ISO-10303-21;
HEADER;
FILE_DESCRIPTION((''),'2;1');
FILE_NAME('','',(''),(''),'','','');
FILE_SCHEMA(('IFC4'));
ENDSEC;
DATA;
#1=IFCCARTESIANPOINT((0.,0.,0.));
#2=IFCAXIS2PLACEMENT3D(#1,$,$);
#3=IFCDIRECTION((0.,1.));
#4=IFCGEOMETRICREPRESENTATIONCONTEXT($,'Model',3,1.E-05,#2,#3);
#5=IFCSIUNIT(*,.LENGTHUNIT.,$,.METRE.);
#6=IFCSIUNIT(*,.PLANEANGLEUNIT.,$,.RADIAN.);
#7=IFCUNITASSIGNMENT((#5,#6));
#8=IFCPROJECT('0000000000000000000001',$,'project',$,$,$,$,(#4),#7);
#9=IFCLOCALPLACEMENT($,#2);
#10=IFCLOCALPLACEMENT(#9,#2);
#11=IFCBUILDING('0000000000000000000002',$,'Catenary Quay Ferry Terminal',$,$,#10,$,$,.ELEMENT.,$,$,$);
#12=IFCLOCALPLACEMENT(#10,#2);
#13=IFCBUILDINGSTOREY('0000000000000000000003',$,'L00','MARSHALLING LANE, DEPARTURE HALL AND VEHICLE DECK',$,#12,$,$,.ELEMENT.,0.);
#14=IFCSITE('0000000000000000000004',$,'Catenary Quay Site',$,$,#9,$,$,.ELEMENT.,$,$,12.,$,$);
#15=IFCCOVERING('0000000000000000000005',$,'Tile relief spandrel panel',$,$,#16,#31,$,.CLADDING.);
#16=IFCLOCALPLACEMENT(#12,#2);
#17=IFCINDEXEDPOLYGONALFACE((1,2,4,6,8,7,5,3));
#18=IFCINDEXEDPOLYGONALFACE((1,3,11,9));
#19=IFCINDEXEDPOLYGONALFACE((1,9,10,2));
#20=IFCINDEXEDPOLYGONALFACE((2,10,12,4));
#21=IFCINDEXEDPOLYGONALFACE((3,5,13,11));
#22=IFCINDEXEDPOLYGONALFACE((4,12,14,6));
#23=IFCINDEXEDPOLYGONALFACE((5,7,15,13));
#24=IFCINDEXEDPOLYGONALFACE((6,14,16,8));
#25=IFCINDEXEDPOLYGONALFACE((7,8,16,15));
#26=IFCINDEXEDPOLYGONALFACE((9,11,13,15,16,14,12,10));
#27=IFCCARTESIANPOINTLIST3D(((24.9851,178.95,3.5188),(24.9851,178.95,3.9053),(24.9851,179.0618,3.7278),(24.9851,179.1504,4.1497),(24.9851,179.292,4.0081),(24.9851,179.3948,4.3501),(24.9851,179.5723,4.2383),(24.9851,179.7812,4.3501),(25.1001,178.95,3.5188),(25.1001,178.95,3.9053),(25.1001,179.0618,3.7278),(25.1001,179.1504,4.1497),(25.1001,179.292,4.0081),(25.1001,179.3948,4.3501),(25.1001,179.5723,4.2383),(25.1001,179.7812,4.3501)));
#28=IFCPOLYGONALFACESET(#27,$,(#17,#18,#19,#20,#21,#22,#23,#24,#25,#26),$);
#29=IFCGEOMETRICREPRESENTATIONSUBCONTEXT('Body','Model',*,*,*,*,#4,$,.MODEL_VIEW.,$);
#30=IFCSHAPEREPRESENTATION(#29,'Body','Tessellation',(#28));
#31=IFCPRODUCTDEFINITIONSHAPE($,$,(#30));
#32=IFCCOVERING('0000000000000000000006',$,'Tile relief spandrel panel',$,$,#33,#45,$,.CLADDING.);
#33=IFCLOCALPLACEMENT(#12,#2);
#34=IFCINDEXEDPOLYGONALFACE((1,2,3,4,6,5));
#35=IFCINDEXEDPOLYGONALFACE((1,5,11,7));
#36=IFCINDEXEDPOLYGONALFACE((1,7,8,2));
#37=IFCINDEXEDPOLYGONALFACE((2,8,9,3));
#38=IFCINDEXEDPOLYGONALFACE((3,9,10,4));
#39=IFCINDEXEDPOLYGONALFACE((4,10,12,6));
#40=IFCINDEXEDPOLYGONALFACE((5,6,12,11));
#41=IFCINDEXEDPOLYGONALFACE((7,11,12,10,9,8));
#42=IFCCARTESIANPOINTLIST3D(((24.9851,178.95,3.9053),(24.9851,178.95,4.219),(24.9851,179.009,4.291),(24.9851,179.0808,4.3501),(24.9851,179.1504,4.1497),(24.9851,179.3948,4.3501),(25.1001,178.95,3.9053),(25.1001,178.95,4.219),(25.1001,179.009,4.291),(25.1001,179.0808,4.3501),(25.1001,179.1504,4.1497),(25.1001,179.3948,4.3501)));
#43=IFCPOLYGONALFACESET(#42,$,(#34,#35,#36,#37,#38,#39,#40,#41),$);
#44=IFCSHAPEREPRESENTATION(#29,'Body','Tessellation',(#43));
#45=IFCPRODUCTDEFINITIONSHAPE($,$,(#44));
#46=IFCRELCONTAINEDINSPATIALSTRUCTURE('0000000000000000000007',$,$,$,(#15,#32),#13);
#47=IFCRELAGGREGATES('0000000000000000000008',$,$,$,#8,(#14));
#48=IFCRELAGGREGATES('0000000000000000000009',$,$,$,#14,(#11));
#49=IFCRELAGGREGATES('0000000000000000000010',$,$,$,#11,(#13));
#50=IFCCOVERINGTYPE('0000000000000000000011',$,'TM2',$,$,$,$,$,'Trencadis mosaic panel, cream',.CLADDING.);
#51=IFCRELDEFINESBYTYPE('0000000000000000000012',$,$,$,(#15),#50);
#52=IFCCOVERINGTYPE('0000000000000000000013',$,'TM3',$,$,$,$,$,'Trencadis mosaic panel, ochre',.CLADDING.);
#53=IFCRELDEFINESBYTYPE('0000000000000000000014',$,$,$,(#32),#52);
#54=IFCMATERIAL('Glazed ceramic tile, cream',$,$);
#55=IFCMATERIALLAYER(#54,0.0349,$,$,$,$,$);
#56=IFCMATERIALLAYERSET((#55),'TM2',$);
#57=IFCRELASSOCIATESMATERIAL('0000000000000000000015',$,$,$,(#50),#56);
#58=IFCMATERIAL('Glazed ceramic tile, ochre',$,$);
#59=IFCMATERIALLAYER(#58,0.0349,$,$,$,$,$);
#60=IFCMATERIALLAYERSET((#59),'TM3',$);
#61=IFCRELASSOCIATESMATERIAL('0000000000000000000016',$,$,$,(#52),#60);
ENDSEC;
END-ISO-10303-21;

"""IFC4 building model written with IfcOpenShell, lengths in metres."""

from ifc_helpers import new_model, si_unit, direction, frame, origin, place, context, subcontext, project, spatial, polyline, outline, extrude, material, layer, layer_set, type_object, element, save


model = new_model("IFC4")

# Units and contexts
model_context = context("Model", 3, precision=1e-05, world=origin(), true_north=direction((0.0, 1.0)))
body_context = subcontext(model_context, "Body", "Model", "MODEL_VIEW")
ifc_project = project(units=[si_unit("LENGTHUNIT", "METRE"), si_unit("PLANEANGLEUNIT", "RADIAN")], contexts=[model_context])

# Site, building, storey
site_placement = place(None, origin())
site = spatial("IfcSite", under=ifc_project, at=site_placement, Name="Catenary Quay Site", CompositionType="ELEMENT", RefElevation=12.0)
building_placement = place(site_placement, origin())
building = spatial("IfcBuilding", under=site, at=building_placement, Name="Catenary Quay Ferry Terminal", CompositionType="ELEMENT")
storey_placement = place(building_placement, origin())
storey = spatial("IfcBuildingStorey", under=building, at=storey_placement, Name="L00", Description="MARSHALLING LANE, DEPARTURE HALL AND VEHICLE DECK", CompositionType="ELEMENT", Elevation=0.0)

# Coverings
ifc_material_1 = material(Name="Glazed ceramic tile, cream")
ifc_layer_1 = layer(ifc_material_1, 0.0349)
ifc_layer_set_1 = layer_set([ifc_layer_1], Name="TM2")
covering_type_1 = type_object("IfcCoveringType", Name="TM2", ElementType="Trencadis mosaic panel, cream", PredefinedType="CLADDING", material=ifc_layer_set_1)
covering_1_placement = place(storey_placement, frame((25.1001, 178.95, 3.9053), z_axis=(1.0, 0.0, 0.0), x_axis=(0.0, 0.0, -1.0)))
element("IfcCovering", 1, at=covering_1_placement, inside=storey, type_object=covering_type_1, Name="Tile relief spandrel panel", PredefinedType="CLADDING", context=body_context, shape_type="SweptSolid", body=[
    extrude(outline(polyline([(0.0, 0.0), (0.3865, 0.0), (0.1775, 0.1118), (-0.1028, 0.342), (-0.333, 0.6223), (-0.4448, 0.8313), (-0.4448, 0.4448), (-0.2444, 0.2004), (0.0, 0.0)])), origin(), (0.0, 0.0, -1.0), 0.115),
])
ifc_material_2 = material(Name="Glazed ceramic tile, ochre")
ifc_layer_2 = layer(ifc_material_2, 0.0349)
ifc_layer_set_2 = layer_set([ifc_layer_2], Name="TM3")
covering_type_2 = type_object("IfcCoveringType", Name="TM3", ElementType="Trencadis mosaic panel, ochre", PredefinedType="CLADDING", material=ifc_layer_set_2)
covering_2_placement = place(storey_placement, frame((25.1001, 178.95, 4.219), z_axis=(1.0, 0.0, 0.0), x_axis=(0.0, 0.0, -1.0)))
element("IfcCovering", 2, at=covering_2_placement, inside=storey, type_object=covering_type_2, Name="Tile relief spandrel panel", PredefinedType="CLADDING", context=body_context, shape_type="SweptSolid", body=[
    extrude(outline(polyline([(0.0, 0.0), (0.3137, 0.0), (0.0693, 0.2004), (-0.1311, 0.4448), (-0.1311, 0.1309), (-0.072, 0.0591), (0.0, 0.0)])), origin(), (0.0, 0.0, -1.0), 0.115),
])

save(model, "model.ifc")
